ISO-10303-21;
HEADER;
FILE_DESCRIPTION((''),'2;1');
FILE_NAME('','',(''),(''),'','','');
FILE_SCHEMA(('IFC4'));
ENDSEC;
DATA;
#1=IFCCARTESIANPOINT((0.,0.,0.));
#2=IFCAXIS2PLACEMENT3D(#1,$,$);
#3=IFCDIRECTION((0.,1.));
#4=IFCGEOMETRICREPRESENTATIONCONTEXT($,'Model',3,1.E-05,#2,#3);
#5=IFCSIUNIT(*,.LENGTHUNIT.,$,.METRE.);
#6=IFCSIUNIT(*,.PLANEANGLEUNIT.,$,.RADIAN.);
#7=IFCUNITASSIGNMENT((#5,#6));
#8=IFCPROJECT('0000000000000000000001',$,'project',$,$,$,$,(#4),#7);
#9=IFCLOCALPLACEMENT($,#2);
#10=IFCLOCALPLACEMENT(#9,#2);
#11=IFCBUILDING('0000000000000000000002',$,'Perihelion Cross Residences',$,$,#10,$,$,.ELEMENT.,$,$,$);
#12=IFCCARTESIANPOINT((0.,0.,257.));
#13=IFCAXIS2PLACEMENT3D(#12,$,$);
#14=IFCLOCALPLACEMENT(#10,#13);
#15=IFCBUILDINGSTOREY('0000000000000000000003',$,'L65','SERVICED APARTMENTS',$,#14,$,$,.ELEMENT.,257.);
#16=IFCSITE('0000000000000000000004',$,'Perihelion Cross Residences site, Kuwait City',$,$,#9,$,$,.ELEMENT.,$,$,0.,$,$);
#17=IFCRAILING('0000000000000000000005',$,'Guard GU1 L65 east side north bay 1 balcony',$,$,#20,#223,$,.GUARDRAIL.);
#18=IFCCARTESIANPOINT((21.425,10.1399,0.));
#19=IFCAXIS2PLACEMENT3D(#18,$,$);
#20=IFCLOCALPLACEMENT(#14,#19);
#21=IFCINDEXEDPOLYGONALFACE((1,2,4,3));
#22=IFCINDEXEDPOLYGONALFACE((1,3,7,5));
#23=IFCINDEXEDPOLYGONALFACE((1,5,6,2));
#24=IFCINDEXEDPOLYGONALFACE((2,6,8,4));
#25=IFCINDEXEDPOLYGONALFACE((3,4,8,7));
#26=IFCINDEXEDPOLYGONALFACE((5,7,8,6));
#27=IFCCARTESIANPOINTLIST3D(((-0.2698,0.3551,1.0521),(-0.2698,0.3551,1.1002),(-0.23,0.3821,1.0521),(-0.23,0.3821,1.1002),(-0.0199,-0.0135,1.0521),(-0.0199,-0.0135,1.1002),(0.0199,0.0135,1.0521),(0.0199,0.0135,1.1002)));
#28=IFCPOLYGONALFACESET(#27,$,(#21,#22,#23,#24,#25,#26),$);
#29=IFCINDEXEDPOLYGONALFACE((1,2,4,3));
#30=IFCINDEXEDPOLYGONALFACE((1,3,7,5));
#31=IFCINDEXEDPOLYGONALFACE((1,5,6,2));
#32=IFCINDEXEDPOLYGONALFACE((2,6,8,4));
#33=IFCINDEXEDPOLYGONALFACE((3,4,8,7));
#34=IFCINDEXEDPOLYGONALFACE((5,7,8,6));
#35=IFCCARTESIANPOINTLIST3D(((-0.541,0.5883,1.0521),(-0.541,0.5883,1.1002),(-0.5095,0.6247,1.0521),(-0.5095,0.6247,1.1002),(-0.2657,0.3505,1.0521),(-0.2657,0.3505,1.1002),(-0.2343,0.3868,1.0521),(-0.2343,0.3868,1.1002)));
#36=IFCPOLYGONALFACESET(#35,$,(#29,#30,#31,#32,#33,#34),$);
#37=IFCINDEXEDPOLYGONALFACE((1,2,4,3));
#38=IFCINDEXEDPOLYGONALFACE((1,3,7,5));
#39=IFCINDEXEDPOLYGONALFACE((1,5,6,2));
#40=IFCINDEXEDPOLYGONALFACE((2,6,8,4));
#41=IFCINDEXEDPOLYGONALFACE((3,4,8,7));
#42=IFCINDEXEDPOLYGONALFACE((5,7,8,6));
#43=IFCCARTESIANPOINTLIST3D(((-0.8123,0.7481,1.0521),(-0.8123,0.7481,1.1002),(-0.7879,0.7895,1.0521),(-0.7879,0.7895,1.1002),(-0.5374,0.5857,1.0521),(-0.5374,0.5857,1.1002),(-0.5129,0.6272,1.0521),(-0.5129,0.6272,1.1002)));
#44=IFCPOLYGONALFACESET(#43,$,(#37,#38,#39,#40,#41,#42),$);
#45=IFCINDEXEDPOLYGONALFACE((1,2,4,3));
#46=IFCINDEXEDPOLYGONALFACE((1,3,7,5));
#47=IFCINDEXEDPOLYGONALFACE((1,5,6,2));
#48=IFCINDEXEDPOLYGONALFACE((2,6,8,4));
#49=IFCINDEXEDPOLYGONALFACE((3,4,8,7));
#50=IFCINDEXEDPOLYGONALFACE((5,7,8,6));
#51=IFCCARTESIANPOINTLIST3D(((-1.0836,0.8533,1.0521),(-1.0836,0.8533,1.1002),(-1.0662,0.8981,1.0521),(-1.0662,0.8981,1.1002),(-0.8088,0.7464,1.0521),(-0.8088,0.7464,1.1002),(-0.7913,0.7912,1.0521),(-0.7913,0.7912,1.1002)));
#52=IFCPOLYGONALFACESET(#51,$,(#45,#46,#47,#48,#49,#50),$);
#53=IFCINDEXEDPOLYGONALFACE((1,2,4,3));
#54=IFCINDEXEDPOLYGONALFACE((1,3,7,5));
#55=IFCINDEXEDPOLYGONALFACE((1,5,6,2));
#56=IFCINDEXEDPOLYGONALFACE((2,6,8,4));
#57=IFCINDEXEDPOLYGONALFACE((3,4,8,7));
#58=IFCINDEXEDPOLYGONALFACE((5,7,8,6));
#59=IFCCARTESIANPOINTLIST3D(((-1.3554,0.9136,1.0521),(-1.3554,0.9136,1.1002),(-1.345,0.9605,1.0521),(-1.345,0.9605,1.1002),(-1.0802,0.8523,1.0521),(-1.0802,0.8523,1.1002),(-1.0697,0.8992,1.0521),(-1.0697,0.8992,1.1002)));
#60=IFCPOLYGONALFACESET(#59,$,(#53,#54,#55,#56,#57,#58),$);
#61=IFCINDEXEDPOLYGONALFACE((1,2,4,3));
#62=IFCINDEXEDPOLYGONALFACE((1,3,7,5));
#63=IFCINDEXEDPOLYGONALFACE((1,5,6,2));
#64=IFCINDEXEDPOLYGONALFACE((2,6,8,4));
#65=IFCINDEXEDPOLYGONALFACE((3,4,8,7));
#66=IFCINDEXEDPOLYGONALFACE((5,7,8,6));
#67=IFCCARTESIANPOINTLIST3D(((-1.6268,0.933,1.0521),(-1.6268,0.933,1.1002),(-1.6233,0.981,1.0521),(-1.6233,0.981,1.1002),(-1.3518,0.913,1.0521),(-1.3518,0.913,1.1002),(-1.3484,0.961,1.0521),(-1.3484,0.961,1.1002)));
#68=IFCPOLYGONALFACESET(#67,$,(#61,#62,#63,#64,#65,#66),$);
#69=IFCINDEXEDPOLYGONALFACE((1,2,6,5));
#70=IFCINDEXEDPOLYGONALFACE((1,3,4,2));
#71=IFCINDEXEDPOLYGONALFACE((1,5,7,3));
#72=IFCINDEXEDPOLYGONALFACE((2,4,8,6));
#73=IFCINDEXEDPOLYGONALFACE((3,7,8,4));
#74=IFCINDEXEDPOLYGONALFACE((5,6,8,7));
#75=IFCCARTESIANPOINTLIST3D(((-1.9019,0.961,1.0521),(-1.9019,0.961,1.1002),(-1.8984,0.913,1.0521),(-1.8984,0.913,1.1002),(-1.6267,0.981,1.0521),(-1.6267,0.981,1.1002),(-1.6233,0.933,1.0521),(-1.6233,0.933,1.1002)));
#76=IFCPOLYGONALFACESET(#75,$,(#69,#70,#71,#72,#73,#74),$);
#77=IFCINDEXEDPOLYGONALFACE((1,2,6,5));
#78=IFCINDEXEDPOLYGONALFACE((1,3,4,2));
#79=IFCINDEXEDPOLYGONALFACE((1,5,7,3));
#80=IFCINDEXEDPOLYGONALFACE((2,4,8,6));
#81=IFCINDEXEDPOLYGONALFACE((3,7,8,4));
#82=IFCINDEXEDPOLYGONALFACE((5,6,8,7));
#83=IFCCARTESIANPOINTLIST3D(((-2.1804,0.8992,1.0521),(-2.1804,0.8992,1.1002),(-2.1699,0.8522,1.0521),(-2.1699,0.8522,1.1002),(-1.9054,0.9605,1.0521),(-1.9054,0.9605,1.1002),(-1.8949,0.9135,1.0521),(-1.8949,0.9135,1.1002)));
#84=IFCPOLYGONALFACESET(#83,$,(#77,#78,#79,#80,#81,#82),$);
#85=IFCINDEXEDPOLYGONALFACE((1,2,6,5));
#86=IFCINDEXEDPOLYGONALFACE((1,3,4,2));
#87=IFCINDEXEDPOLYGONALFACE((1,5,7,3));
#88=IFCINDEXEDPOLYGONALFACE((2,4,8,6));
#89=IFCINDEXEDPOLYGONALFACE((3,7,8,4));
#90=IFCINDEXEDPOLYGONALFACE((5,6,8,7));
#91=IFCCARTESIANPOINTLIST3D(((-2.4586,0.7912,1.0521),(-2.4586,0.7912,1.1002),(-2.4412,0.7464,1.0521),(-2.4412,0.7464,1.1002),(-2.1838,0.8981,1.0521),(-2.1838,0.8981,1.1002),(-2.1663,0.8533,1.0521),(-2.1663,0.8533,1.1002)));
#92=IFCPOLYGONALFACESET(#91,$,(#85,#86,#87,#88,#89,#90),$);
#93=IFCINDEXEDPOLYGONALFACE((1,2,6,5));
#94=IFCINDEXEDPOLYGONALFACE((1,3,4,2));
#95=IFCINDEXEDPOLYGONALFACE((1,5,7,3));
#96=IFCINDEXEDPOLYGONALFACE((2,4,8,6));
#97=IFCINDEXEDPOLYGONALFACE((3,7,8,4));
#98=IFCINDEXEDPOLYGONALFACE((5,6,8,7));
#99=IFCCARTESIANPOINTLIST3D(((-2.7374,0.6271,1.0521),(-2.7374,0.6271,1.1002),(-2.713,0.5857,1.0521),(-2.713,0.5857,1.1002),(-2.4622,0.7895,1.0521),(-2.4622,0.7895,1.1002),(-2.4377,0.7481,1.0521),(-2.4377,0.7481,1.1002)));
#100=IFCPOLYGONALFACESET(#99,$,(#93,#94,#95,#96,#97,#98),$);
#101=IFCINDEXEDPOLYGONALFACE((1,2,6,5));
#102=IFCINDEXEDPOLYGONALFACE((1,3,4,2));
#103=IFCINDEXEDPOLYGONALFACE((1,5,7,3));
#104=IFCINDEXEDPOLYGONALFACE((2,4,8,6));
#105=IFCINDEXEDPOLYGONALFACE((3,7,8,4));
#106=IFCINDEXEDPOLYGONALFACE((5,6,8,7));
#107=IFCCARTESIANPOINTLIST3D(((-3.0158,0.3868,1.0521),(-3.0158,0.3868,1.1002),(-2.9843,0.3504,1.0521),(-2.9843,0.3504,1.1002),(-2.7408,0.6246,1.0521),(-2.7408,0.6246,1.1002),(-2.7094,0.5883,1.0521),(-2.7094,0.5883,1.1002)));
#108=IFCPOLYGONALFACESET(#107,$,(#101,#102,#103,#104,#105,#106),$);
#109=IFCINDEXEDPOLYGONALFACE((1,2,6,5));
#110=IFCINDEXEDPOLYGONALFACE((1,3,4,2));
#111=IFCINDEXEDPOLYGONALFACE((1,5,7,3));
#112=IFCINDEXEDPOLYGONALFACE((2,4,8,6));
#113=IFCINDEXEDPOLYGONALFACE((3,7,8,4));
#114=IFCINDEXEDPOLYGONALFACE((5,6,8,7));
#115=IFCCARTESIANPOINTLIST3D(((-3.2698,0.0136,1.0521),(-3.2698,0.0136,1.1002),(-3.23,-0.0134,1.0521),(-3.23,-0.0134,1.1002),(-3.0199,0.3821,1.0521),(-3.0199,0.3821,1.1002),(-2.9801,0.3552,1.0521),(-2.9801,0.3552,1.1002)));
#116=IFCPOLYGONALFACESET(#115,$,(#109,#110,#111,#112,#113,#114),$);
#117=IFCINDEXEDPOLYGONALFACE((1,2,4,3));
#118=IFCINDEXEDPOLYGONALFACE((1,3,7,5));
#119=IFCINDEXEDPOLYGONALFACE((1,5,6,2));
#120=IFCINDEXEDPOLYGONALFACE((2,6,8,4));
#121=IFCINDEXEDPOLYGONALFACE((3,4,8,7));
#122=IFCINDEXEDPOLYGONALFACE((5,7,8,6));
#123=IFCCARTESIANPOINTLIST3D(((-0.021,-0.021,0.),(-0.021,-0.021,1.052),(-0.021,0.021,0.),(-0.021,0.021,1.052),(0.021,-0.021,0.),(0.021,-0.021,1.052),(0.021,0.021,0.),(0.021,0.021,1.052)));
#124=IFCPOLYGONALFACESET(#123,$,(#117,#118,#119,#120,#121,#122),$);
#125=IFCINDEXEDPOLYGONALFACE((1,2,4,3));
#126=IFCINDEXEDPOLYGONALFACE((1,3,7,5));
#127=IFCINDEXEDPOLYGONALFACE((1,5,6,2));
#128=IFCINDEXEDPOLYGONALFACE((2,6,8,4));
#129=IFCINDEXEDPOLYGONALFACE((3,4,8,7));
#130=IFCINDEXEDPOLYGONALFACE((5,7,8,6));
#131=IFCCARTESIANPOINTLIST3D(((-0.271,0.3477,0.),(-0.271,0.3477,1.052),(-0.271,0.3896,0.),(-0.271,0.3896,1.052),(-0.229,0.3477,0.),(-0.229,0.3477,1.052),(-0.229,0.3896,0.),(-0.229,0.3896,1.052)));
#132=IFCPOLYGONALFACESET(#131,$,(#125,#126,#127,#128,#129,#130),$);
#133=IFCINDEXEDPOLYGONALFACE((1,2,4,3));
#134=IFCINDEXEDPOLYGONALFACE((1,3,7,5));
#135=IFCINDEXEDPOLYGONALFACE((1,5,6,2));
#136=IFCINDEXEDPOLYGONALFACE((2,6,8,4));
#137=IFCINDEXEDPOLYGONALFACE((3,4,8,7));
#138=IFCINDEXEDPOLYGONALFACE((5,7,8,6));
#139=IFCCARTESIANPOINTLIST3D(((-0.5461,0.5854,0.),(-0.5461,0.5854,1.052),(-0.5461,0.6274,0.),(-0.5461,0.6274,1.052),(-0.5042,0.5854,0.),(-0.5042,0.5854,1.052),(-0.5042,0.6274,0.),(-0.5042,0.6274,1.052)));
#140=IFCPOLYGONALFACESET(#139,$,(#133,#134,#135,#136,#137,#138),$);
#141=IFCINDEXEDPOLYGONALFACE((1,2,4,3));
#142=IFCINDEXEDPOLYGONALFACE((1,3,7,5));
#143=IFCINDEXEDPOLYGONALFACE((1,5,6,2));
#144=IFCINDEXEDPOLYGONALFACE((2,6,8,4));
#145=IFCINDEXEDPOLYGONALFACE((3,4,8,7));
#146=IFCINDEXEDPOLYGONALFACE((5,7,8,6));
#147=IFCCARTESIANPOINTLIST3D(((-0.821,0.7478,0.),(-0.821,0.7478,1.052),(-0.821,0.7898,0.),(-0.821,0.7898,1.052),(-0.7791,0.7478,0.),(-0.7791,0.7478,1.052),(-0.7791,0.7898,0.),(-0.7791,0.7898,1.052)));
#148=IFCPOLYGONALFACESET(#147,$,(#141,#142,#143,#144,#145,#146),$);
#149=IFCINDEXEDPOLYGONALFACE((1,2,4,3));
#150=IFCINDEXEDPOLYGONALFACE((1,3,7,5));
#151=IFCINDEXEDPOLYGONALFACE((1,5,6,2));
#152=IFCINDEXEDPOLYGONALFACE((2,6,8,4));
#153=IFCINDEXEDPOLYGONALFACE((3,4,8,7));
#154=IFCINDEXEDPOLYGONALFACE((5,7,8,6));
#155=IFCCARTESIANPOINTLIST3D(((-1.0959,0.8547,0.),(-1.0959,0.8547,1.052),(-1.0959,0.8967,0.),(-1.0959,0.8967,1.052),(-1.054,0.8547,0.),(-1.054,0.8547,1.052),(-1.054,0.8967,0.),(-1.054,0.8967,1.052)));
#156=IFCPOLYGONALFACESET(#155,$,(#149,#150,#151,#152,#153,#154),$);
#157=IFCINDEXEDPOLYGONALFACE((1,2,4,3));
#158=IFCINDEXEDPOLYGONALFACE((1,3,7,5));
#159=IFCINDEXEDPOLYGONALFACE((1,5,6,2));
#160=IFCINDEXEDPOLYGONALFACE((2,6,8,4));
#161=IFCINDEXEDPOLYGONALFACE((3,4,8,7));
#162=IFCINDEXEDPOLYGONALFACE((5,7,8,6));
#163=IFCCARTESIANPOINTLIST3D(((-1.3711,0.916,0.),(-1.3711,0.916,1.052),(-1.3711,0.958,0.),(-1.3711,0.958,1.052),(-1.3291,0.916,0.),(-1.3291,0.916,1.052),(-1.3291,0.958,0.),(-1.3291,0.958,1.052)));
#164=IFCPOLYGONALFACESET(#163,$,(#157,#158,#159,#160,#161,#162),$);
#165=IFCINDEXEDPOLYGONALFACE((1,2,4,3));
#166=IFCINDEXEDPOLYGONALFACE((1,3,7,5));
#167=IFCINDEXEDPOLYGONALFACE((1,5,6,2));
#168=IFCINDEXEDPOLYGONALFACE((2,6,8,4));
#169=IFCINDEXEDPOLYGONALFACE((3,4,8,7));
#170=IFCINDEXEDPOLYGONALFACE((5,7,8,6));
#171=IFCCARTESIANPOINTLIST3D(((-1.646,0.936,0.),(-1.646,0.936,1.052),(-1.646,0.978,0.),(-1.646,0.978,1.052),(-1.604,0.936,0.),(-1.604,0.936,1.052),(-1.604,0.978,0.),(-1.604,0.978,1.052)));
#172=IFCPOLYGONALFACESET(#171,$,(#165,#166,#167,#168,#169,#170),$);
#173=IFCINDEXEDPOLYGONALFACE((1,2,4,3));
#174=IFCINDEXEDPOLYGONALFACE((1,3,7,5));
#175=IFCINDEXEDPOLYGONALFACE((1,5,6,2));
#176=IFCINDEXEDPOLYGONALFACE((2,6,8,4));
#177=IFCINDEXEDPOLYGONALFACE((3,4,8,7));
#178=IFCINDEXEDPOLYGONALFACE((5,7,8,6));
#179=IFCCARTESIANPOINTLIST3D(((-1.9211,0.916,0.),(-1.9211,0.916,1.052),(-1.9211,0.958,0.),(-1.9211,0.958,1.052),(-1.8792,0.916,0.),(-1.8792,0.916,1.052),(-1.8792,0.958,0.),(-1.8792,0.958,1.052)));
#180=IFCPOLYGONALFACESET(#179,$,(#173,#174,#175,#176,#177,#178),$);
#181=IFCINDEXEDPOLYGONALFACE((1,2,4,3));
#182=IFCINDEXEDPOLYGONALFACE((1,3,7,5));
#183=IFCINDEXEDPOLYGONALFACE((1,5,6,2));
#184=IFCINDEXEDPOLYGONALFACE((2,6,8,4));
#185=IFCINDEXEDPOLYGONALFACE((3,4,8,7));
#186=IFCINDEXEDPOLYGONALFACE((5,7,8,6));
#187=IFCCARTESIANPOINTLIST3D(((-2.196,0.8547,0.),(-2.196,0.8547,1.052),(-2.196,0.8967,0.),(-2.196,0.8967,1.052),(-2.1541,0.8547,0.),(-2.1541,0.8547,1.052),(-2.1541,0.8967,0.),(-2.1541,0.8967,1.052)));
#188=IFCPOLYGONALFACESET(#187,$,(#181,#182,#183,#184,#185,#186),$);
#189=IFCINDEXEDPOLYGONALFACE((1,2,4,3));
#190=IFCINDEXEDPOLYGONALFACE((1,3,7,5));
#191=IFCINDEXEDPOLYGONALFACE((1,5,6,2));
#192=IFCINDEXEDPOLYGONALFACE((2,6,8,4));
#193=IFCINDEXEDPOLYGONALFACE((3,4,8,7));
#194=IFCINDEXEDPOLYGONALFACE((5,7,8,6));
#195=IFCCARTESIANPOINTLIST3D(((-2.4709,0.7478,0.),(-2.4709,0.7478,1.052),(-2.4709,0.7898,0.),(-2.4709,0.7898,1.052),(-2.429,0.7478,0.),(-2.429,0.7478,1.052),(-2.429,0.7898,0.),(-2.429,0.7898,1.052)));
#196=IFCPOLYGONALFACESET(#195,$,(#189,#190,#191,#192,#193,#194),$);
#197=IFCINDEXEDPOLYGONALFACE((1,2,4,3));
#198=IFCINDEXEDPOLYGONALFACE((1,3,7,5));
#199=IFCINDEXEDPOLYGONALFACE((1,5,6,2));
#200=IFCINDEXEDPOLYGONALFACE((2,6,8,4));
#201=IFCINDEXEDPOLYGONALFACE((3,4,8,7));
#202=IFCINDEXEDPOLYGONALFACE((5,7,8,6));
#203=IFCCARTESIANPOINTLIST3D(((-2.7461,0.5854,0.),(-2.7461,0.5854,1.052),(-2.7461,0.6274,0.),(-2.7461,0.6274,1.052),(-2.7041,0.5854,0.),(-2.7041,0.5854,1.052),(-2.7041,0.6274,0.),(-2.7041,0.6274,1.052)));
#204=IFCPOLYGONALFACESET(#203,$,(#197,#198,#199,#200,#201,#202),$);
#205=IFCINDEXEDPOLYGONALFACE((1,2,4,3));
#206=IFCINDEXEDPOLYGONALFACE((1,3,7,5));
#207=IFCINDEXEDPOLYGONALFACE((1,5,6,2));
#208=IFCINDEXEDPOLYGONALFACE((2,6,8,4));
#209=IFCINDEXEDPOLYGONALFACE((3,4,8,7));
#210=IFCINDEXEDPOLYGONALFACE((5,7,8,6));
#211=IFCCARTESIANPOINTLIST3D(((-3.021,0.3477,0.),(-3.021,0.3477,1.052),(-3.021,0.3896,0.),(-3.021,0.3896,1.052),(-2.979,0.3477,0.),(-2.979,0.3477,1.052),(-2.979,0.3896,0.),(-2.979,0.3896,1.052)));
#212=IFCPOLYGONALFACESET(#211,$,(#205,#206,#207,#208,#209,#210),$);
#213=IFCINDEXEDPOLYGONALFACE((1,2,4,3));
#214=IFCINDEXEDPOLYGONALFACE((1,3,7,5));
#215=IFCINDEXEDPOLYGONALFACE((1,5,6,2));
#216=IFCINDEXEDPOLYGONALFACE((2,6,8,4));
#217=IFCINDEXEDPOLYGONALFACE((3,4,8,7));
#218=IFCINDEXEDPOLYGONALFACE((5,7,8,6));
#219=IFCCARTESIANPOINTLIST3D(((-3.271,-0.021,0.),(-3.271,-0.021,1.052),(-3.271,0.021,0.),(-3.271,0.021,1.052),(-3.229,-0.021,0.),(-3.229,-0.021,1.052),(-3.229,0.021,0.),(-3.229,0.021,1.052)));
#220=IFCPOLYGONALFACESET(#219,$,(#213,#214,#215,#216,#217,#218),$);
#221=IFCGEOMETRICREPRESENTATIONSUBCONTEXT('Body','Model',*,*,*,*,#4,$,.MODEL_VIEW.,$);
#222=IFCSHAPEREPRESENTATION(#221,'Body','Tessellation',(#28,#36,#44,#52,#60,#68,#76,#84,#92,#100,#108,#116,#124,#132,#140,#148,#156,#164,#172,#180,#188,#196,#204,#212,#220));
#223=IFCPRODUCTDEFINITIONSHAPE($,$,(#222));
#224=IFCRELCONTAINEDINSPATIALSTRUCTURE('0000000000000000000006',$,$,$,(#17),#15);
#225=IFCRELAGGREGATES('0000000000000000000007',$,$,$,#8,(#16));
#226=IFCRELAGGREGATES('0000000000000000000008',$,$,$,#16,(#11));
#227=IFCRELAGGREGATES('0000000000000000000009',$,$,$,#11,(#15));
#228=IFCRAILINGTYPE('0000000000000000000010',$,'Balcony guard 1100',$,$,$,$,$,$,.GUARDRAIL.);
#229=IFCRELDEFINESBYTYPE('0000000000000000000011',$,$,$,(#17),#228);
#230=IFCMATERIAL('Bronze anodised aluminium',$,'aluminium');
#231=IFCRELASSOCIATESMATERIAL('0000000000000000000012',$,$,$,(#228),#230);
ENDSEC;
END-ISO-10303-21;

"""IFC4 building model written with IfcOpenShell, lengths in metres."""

from ifc_helpers import new_model, si_unit, direction, frame, origin, origin_2d, place, context, subcontext, project, spatial, rectangle, extrude, material, type_object, element, save


model = new_model("IFC4")

# Units and contexts
model_context = context("Model", 3, precision=1e-05, world=origin(), true_north=direction((0.0, 1.0)))
body_context = subcontext(model_context, "Body", "Model", "MODEL_VIEW")
ifc_project = project(units=[si_unit("LENGTHUNIT", "METRE"), si_unit("PLANEANGLEUNIT", "RADIAN")], contexts=[model_context])

# Site, building, storey
site_placement = place(None, origin())
site = spatial("IfcSite", under=ifc_project, at=site_placement, Name="Perihelion Cross Residences site, Kuwait City", CompositionType="ELEMENT", RefElevation=0.0)
building_placement = place(site_placement, origin())
building = spatial("IfcBuilding", under=site, at=building_placement, Name="Perihelion Cross Residences", CompositionType="ELEMENT")
storey_placement = place(building_placement, frame((0.0, 0.0, 257.0)))
storey = spatial("IfcBuildingStorey", under=building, at=storey_placement, Name="L65", Description="SERVICED APARTMENTS", CompositionType="ELEMENT", Elevation=257.0)

# Railing
ifc_material_1 = material(Name="Bronze anodised aluminium", Category="aluminium")
railing_type_1 = type_object("IfcRailingType", Name="Balcony guard 1100", PredefinedType="GUARDRAIL", material=ifc_material_1)
railing_1_placement = place(storey_placement, frame((21.425, 10.1399, 0.0)))
element("IfcRailing", 1, at=railing_1_placement, inside=storey, type_object=railing_type_1, Name="Guard GU1 L65 east side north bay 1 balcony", PredefinedType="GUARDRAIL", context=body_context, shape_type="SweptSolid", body=[
    extrude(rectangle(XDim=0.0481, YDim=0.0481, at=origin_2d()), frame((0.0, 0.0, 1.0762), z_axis=(-0.56126, 0.827639, 0.0), x_axis=(-0.827639, -0.56126, 0.0)), (0.0, 0.0, 1.0), 0.4453),
    extrude(rectangle(XDim=0.0481, YDim=0.0481, at=origin_2d()), frame((-0.25, 0.3687, 1.0762), z_axis=(-0.756597, 0.653882, 0.0), x_axis=(-0.653882, -0.756597, 0.0)), (0.0, 0.0, 1.0), 0.3638),
    extrude(rectangle(XDim=0.0481, YDim=0.0481, at=origin_2d()), frame((-0.5251, 0.6064, 1.0762), z_axis=(-0.861048, 0.508523, 0.0), x_axis=(-0.508523, -0.861048, 0.0)), (0.0, 0.0, 1.0), 0.3193),
    extrude(rectangle(XDim=0.0481, YDim=0.0481, at=origin_2d()), frame((-0.8, 0.7688, 1.0762), z_axis=(-0.931974, 0.362526, 0.0), x_axis=(-0.362526, -0.931974, 0.0)), (0.0, 0.0, 1.0), 0.2949),
    extrude(rectangle(XDim=0.0481, YDim=0.0481, at=origin_2d()), frame((-1.075, 0.8757, 1.0762), z_axis=(-0.976085, 0.217389, 0.0), x_axis=(-0.217389, -0.976085, 0.0)), (0.0, 0.0, 1.0), 0.282),
    extrude(rectangle(XDim=0.0481, YDim=0.0481, at=origin_2d()), frame((-1.3501, 0.937, 1.0762), z_axis=(-0.997359, 0.072632, 0.0), x_axis=(-0.072632, -0.997359, 0.0)), (0.0, 0.0, 1.0), 0.2756),
    extrude(rectangle(XDim=0.0481, YDim=0.0481, at=origin_2d()), frame((-1.625, 0.957, 1.0762), z_axis=(-0.997363, -0.072568, 0.0), x_axis=(0.072568, -0.997363, 0.0)), (0.0, 0.0, 1.0), 0.2759),
    extrude(rectangle(XDim=0.0481, YDim=0.0481, at=origin_2d()), frame((-1.9001, 0.937, 1.0762), z_axis=(-0.976044, -0.217573, 0.0), x_axis=(0.217573, -0.976044, 0.0)), (0.0, 0.0, 1.0), 0.2817),
    extrude(rectangle(XDim=0.0481, YDim=0.0481, at=origin_2d()), frame((-2.175, 0.8757, 1.0762), z_axis=(-0.931974, -0.362526, 0.0), x_axis=(0.362526, -0.931974, 0.0)), (0.0, 0.0, 1.0), 0.2949),
    extrude(rectangle(XDim=0.0481, YDim=0.0481, at=origin_2d()), frame((-2.45, 0.7688, 1.0762), z_axis=(-0.861246, -0.508189, 0.0), x_axis=(0.508189, -0.861246, 0.0)), (0.0, 0.0, 1.0), 0.3196),
    extrude(rectangle(XDim=0.0481, YDim=0.0481, at=origin_2d()), frame((-2.7251, 0.6064, 1.0762), z_axis=(-0.756309, -0.654214, 0.0), x_axis=(0.654214, -0.756309, 0.0)), (0.0, 0.0, 1.0), 0.3635),
    extrude(rectangle(XDim=0.0481, YDim=0.0481, at=origin_2d()), frame((-3.0, 0.3687, 1.0762), z_axis=(-0.56126, -0.827639, 0.0), x_axis=(0.827639, -0.56126, 0.0)), (0.0, 0.0, 1.0), 0.4453),
    extrude(rectangle(XDim=0.042, YDim=0.042, at=origin_2d()), origin(), (0.0, 0.0, 1.0), 1.052),
    extrude(rectangle(XDim=0.042, YDim=0.042, at=origin_2d()), frame((-0.25, 0.3687, 0.0)), (0.0, 0.0, 1.0), 1.052),
    extrude(rectangle(XDim=0.042, YDim=0.042, at=origin_2d()), frame((-0.5251, 0.6064, 0.0)), (0.0, 0.0, 1.0), 1.052),
    extrude(rectangle(XDim=0.042, YDim=0.042, at=origin_2d()), frame((-0.8, 0.7688, 0.0)), (0.0, 0.0, 1.0), 1.052),
    extrude(rectangle(XDim=0.042, YDim=0.042, at=origin_2d()), frame((-1.075, 0.8757, 0.0)), (0.0, 0.0, 1.0), 1.052),
    extrude(rectangle(XDim=0.042, YDim=0.042, at=origin_2d()), frame((-1.3501, 0.937, 0.0)), (0.0, 0.0, 1.0), 1.052),
    extrude(rectangle(XDim=0.042, YDim=0.042, at=origin_2d()), frame((-1.625, 0.957, 0.0)), (0.0, 0.0, 1.0), 1.052),
    extrude(rectangle(XDim=0.042, YDim=0.042, at=origin_2d()), frame((-1.9001, 0.937, 0.0)), (0.0, 0.0, 1.0), 1.052),
    extrude(rectangle(XDim=0.042, YDim=0.042, at=origin_2d()), frame((-2.175, 0.8757, 0.0)), (0.0, 0.0, 1.0), 1.052),
    extrude(rectangle(XDim=0.042, YDim=0.042, at=origin_2d()), frame((-2.45, 0.7688, 0.0)), (0.0, 0.0, 1.0), 1.052),
    extrude(rectangle(XDim=0.042, YDim=0.042, at=origin_2d()), frame((-2.7251, 0.6064, 0.0)), (0.0, 0.0, 1.0), 1.052),
    extrude(rectangle(XDim=0.042, YDim=0.042, at=origin_2d()), frame((-3.0, 0.3687, 0.0)), (0.0, 0.0, 1.0), 1.052),
    extrude(rectangle(XDim=0.042, YDim=0.042, at=origin_2d()), frame((-3.25, 0.0, 0.0)), (0.0, 0.0, 1.0), 1.052),
])

save(model, "model.ifc")
